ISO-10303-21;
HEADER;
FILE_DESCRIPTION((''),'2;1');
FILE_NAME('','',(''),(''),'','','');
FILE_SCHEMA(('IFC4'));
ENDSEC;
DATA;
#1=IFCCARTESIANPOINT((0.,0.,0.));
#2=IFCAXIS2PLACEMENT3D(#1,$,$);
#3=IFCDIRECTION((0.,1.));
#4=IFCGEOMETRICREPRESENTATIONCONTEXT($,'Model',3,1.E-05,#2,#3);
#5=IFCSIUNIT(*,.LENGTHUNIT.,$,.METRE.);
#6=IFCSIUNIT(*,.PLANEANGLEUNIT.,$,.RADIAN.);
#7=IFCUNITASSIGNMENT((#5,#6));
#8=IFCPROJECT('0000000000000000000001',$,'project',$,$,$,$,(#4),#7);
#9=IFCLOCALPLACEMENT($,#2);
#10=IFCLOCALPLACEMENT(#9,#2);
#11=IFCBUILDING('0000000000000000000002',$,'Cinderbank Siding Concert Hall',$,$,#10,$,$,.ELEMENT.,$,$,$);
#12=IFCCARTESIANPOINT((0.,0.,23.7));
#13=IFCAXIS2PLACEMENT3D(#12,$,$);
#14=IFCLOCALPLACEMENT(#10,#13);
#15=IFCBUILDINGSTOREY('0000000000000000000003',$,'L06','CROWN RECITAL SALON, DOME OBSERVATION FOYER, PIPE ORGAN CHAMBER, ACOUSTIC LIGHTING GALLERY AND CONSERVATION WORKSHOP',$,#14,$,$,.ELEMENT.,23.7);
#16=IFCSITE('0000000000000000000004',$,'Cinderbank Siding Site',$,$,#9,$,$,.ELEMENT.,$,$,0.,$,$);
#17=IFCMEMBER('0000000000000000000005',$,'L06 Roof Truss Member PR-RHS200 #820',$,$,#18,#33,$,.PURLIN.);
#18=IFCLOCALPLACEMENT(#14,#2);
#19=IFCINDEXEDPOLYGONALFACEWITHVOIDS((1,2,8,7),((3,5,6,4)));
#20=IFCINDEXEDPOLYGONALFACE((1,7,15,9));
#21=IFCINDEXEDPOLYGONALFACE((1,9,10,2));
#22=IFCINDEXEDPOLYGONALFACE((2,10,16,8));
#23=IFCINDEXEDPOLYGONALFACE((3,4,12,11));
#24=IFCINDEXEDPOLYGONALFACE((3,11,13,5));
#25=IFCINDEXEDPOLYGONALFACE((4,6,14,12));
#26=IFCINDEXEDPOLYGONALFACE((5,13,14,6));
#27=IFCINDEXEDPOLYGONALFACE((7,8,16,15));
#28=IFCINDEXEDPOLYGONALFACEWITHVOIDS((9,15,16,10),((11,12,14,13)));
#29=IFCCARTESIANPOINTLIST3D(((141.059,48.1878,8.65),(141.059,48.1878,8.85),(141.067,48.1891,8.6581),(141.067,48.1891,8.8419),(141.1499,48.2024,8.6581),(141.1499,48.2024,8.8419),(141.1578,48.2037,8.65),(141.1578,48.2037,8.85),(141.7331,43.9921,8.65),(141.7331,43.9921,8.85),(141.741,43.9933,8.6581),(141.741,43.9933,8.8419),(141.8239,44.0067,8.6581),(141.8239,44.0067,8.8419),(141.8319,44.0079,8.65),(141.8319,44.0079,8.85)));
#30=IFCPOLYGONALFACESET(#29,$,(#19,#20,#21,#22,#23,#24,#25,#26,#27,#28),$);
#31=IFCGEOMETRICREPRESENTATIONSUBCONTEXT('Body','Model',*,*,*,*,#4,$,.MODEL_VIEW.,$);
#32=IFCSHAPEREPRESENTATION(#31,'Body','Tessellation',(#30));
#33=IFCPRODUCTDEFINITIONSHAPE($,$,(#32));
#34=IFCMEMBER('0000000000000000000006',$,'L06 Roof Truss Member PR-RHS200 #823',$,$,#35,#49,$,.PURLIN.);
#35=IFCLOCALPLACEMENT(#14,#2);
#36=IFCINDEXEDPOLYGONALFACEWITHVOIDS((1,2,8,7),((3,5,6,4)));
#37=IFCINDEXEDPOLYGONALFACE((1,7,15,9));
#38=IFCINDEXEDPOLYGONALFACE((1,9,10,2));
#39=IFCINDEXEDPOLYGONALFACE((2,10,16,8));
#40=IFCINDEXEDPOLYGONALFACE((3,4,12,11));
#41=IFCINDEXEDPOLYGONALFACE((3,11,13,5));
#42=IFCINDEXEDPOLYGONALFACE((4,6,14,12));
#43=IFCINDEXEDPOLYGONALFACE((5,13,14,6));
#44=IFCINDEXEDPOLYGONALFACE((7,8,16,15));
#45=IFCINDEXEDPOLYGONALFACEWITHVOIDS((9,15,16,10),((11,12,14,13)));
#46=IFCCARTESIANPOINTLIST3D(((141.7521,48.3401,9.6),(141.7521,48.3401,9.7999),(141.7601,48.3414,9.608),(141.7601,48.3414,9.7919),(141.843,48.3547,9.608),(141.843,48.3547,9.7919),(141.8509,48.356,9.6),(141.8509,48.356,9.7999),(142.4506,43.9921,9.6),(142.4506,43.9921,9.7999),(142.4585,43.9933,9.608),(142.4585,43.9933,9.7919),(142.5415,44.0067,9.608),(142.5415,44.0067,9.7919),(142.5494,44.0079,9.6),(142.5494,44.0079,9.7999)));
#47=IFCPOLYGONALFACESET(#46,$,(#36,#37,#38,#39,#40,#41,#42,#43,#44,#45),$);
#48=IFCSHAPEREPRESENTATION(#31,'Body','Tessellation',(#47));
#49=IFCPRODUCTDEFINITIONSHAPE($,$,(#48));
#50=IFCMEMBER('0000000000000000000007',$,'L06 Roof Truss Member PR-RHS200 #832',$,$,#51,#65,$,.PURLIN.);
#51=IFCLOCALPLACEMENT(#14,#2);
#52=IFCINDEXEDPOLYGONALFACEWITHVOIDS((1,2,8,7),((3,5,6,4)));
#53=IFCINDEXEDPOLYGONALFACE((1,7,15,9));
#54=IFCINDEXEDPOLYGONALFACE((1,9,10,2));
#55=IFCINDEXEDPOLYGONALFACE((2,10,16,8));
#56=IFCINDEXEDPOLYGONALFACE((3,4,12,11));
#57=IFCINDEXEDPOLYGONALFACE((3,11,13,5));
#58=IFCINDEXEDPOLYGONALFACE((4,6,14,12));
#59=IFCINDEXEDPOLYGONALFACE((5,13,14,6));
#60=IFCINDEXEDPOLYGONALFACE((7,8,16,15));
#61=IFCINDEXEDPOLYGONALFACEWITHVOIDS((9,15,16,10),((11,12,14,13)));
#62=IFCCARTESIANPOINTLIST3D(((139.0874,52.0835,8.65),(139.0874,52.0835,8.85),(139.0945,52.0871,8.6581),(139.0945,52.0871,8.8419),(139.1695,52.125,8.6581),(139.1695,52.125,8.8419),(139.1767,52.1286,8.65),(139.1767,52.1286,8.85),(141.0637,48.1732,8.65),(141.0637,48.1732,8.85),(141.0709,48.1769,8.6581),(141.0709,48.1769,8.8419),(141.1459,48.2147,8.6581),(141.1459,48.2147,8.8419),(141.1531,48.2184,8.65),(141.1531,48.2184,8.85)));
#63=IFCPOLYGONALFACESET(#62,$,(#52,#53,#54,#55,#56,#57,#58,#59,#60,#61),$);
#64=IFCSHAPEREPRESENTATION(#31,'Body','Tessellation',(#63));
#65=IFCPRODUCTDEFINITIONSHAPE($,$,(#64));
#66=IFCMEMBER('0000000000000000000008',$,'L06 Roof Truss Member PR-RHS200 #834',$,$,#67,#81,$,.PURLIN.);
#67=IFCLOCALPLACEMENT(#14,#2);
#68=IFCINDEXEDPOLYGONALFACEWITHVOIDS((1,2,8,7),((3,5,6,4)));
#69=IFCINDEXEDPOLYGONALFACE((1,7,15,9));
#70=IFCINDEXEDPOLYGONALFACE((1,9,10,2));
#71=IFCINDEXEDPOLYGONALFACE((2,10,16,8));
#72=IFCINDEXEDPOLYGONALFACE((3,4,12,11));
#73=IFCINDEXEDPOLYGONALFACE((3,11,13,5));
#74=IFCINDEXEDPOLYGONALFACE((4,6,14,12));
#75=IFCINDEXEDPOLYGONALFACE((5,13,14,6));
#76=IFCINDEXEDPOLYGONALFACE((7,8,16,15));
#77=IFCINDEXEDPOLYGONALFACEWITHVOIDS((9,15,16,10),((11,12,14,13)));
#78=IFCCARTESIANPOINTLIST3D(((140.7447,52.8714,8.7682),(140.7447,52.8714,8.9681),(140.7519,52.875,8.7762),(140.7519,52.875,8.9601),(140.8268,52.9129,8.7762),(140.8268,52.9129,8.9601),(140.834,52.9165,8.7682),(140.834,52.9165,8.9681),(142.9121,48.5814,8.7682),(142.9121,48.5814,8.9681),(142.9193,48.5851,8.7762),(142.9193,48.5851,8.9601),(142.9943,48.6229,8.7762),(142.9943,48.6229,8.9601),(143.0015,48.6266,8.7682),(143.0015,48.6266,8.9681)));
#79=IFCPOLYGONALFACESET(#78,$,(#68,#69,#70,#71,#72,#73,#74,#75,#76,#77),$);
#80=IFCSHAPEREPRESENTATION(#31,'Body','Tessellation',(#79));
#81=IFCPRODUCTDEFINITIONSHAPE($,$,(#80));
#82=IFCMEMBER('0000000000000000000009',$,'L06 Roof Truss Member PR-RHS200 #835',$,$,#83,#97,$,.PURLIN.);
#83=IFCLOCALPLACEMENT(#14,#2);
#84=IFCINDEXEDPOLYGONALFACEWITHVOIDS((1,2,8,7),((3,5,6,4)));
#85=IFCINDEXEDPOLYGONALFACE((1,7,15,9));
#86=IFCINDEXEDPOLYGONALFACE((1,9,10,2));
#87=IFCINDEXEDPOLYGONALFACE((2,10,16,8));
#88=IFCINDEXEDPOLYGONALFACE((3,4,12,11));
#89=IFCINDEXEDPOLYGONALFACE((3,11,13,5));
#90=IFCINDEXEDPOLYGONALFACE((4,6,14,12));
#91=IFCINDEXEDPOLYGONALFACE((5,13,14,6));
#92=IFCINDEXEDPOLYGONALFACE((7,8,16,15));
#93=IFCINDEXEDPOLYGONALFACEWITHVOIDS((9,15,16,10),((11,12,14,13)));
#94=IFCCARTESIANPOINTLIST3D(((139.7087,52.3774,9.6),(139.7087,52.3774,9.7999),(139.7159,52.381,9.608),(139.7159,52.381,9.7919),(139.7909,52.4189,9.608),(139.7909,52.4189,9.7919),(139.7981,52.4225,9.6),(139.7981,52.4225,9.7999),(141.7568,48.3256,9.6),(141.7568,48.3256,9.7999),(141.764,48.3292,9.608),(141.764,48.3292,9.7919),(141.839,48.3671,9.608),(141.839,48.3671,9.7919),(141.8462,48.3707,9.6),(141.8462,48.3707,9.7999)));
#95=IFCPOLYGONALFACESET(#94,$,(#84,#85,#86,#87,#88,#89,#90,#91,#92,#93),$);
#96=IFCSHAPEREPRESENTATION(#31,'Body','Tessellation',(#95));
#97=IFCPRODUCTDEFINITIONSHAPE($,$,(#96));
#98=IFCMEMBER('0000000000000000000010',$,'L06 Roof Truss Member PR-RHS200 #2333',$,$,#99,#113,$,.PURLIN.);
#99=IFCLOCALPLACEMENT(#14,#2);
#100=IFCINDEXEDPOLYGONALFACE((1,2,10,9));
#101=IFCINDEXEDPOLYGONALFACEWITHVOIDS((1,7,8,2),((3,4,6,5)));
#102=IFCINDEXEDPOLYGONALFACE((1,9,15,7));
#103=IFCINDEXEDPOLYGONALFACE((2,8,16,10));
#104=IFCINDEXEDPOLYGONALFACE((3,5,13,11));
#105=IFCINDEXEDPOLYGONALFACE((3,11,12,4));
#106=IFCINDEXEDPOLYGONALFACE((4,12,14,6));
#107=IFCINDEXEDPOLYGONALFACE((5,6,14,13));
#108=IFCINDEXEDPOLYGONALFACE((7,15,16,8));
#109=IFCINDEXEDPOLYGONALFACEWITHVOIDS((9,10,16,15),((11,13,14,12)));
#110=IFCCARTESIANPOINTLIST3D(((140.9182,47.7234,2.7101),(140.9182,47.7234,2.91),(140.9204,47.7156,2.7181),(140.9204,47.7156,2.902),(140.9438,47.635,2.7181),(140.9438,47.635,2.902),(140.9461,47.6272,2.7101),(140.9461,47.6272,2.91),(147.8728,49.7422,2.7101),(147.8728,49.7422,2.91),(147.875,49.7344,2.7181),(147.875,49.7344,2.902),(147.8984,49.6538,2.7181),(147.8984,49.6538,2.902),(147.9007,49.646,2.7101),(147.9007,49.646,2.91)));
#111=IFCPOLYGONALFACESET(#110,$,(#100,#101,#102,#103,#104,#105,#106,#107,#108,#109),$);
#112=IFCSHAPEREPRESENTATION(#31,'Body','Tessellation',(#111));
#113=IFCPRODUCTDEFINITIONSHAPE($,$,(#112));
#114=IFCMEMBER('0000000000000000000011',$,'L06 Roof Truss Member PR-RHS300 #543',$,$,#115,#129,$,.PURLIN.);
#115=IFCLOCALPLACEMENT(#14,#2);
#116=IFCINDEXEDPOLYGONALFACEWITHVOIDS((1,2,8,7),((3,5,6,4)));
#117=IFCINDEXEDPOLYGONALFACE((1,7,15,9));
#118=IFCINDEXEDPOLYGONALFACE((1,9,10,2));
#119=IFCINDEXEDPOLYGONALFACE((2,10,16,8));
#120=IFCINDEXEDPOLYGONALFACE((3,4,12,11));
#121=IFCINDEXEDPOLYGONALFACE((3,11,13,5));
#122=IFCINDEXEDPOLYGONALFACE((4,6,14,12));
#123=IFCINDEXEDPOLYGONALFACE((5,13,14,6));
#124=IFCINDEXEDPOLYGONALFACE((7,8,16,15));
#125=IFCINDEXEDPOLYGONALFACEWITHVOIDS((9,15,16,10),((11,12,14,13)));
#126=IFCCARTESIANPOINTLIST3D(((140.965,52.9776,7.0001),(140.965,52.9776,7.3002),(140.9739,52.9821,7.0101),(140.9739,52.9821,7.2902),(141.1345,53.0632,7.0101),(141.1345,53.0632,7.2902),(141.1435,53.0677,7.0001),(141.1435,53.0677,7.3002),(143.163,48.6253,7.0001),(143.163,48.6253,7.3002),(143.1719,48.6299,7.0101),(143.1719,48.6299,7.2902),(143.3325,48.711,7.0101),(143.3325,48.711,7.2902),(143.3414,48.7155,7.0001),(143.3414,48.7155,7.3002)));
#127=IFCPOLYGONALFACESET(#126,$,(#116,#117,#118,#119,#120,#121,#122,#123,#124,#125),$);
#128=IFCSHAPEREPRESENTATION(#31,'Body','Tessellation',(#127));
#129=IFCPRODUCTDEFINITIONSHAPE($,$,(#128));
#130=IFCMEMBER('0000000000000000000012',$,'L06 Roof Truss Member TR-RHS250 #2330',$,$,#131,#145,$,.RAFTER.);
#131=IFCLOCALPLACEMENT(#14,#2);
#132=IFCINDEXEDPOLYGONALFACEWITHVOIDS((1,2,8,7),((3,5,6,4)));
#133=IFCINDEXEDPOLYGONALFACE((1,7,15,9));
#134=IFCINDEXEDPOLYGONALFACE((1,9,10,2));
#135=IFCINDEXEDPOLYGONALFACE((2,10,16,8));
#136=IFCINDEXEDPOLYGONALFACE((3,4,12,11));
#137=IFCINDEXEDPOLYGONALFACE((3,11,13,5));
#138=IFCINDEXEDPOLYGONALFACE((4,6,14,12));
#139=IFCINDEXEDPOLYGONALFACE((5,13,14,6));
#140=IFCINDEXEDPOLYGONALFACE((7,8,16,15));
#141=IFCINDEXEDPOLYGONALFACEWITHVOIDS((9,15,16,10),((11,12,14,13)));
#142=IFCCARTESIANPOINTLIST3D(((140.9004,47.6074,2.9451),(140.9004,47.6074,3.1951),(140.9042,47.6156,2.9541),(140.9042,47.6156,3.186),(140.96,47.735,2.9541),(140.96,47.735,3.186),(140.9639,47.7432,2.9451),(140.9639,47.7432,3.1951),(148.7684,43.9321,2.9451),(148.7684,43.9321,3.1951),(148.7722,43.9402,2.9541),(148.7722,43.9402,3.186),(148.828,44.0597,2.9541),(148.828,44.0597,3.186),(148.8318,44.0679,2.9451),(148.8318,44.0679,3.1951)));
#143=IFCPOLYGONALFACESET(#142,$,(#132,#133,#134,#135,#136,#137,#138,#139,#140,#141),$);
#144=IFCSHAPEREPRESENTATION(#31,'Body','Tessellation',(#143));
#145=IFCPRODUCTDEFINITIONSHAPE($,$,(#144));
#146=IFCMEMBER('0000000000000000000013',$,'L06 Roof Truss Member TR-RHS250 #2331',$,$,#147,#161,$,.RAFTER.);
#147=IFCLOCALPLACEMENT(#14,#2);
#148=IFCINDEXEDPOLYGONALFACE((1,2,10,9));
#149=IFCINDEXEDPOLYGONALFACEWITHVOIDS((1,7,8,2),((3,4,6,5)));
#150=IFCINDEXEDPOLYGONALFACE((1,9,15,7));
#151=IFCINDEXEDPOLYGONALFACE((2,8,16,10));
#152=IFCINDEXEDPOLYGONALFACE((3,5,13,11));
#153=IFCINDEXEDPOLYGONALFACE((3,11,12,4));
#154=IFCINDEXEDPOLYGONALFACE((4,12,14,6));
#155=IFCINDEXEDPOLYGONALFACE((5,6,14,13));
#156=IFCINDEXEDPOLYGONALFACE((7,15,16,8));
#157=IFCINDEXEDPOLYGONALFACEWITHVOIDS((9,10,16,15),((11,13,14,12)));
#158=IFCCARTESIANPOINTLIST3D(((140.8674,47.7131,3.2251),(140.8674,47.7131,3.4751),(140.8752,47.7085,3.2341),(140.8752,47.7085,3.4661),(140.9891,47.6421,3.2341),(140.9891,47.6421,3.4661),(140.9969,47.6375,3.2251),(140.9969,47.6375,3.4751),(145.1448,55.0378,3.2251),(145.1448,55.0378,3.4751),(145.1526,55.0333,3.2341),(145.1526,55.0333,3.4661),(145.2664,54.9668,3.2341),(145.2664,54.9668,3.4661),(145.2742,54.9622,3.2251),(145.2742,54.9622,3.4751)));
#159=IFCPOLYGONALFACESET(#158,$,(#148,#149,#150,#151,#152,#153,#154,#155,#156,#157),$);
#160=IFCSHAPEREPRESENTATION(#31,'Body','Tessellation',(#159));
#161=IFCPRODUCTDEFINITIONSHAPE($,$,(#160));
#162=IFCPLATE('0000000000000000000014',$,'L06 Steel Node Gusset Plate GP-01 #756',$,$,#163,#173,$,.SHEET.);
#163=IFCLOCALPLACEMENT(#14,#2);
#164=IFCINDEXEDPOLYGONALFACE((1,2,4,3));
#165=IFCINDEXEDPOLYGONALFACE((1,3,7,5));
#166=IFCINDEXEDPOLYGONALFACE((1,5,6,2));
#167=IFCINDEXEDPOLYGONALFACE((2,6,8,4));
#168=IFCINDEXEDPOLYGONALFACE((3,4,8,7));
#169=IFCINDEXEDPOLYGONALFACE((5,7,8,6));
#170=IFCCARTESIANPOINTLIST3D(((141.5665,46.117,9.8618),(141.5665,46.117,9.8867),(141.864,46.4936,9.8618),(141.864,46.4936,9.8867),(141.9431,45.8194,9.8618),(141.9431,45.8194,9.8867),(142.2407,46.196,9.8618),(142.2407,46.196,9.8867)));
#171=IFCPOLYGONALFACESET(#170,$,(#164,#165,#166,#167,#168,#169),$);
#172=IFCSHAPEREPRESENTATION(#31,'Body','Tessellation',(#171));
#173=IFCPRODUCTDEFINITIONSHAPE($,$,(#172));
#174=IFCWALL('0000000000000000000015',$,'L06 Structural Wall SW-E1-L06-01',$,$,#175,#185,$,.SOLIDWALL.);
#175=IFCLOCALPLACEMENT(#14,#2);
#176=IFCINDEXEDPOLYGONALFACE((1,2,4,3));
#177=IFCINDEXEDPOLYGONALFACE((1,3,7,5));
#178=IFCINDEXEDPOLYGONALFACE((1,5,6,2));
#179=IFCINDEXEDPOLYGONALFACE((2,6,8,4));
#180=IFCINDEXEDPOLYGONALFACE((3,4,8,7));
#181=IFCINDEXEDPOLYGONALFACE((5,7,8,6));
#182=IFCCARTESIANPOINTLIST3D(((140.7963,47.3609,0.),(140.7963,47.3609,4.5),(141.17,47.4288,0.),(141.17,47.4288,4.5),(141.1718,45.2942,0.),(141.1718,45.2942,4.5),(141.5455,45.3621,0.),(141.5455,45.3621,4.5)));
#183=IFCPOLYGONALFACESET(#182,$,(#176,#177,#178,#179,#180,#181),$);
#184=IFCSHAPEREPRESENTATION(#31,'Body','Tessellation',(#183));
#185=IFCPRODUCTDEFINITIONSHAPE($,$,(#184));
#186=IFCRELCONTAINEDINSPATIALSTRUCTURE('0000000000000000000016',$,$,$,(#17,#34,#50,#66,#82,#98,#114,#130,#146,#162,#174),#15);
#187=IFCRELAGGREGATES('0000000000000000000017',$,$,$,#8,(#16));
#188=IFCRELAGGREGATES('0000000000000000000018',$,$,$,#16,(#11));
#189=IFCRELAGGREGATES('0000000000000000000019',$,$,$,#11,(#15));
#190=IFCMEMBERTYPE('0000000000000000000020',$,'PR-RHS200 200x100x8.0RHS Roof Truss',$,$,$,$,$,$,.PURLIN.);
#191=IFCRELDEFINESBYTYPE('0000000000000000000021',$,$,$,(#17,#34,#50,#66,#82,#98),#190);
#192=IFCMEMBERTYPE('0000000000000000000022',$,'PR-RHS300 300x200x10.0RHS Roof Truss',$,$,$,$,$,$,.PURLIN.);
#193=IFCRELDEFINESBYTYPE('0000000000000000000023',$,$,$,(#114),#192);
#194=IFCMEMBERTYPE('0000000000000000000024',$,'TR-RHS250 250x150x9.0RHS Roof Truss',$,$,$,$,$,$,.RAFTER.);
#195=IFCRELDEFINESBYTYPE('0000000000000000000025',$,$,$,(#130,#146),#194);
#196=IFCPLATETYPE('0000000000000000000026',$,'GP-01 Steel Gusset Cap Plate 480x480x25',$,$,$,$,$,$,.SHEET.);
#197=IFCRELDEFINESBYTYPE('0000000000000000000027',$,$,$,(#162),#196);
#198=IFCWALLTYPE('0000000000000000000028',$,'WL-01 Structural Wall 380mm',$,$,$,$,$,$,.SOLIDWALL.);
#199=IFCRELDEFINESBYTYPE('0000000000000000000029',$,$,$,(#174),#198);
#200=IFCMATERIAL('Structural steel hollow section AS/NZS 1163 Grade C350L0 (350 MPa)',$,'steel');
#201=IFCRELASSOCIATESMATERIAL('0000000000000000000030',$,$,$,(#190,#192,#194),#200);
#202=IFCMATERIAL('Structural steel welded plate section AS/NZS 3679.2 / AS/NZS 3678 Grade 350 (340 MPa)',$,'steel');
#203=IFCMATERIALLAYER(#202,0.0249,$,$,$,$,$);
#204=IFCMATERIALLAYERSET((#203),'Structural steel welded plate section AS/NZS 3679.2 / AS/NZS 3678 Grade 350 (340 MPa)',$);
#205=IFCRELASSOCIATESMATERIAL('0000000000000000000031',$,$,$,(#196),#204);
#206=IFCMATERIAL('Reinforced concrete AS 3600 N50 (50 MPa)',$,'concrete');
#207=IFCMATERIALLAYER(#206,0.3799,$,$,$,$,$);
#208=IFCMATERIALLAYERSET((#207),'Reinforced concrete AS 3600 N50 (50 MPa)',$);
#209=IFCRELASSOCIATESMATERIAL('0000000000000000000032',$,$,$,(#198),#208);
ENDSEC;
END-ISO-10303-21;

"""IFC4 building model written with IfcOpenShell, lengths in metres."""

from ifc_helpers import new_model, si_unit, direction, frame, frame_2d, origin, origin_2d, place, context, subcontext, project, spatial, rectangle, hollow_rectangle, extrude, material, layer, layer_set, material_profile, profile_set, type_object, element, save


model = new_model("IFC4")

# Units and contexts
model_context = context("Model", 3, precision=1e-05, world=origin(), true_north=direction((0.0, 1.0)))
body_context = subcontext(model_context, "Body", "Model", "MODEL_VIEW")
ifc_project = project(units=[si_unit("LENGTHUNIT", "METRE"), si_unit("PLANEANGLEUNIT", "RADIAN")], contexts=[model_context])

# Site, building, storey
site_placement = place(None, origin())
site = spatial("IfcSite", under=ifc_project, at=site_placement, Name="Cinderbank Siding Site", CompositionType="ELEMENT", RefElevation=0.0)
building_placement = place(site_placement, origin())
building = spatial("IfcBuilding", under=site, at=building_placement, Name="Cinderbank Siding Concert Hall", CompositionType="ELEMENT")
storey_placement = place(building_placement, frame((0.0, 0.0, 23.7)))
storey = spatial("IfcBuildingStorey", under=building, at=storey_placement, Name="L06", Description="CROWN RECITAL SALON, DOME OBSERVATION FOYER, PIPE ORGAN CHAMBER, ACOUSTIC LIGHTING GALLERY AND CONSERVATION WORKSHOP", CompositionType="ELEMENT", Elevation=23.7)

# Shared definitions
ifc_material_1 = material(Name="Reinforced concrete AS 3600 N50 (50 MPa)", Category="concrete")

# Shared definitions
ifc_material_2 = material(Name="Structural steel welded plate section AS/NZS 3679.2 / AS/NZS 3678 Grade 350 (340 MPa)", Category="steel")

# Members
ifc_material_3 = material(Name="Structural steel hollow section AS/NZS 1163 Grade C350L0 (350 MPa)", Category="steel")
ifc_material_profile_1 = material_profile(ifc_material_3, hollow_rectangle(XDim=0.1001, YDim=0.2, WallThickness=0.0081, at=origin_2d()), Name="200x100x8.0RHS", Category="LoadBearing")
ifc_profile_set_1 = profile_set([ifc_material_profile_1], Name="Structural steel hollow section AS/NZS 1163 Grade C350L0 (350 MPa)")
member_type_1 = type_object("IfcMemberType", Name="PR-RHS200 200x100x8.0RHS Roof Truss", PredefinedType="PURLIN", material=ifc_profile_set_1)
member_1_placement = place(storey_placement, frame((141.7825, 44.0, 8.75), z_axis=(-0.15862, 0.98734, 0.0), x_axis=(-0.98734, -0.15862, 0.0)))
element("IfcMember", 1, at=member_1_placement, inside=storey, type_object=member_type_1, Name="L06 Roof Truss Member PR-RHS200 #820", PredefinedType="PURLIN", context=body_context, shape_type="SweptSolid", body=[
    extrude(hollow_rectangle(XDim=0.1001, YDim=0.2, WallThickness=0.0081, at=origin_2d()), origin(), (0.0, 0.0, 1.0), 4.2495),
])
member_2_placement = place(storey_placement, frame((142.5, 44.0, 9.7), z_axis=(-0.158607, 0.987342, 0.0), x_axis=(-0.987342, -0.158607, 0.0)))
element("IfcMember", 2, at=member_2_placement, inside=storey, type_object=member_type_1, Name="L06 Roof Truss Member PR-RHS200 #823", PredefinedType="PURLIN", context=body_context, shape_type="SweptSolid", body=[
    extrude(hollow_rectangle(XDim=0.1001, YDim=0.2, WallThickness=0.0081, at=origin_2d()), origin(), (0.0, 0.0, 1.0), 4.4038),
])
member_3_placement = place(storey_placement, frame((141.1084, 48.1958, 8.75), z_axis=(-0.451088, 0.89248, 0.0), x_axis=(-0.89248, -0.451088, 0.0)))
element("IfcMember", 3, at=member_3_placement, inside=storey, type_object=member_type_1, Name="L06 Roof Truss Member PR-RHS200 #832", PredefinedType="PURLIN", context=body_context, shape_type="SweptSolid", body=[
    extrude(hollow_rectangle(XDim=0.1001, YDim=0.2, WallThickness=0.0081, at=origin_2d()), origin(), (0.0, 0.0, 1.0), 4.3813),
])
member_4_placement = place(storey_placement, frame((142.9568, 48.604, 8.8682), z_axis=(-0.450948, 0.89255, 0.0), x_axis=(-0.89255, -0.450948, 0.0)))
element("IfcMember", 4, at=member_4_placement, inside=storey, type_object=member_type_1, Name="L06 Roof Truss Member PR-RHS200 #834", PredefinedType="PURLIN", context=body_context, shape_type="SweptSolid", body=[
    extrude(hollow_rectangle(XDim=0.1001, YDim=0.2, WallThickness=0.0081, at=origin_2d()), origin(), (0.0, 0.0, 1.0), 4.8064),
])
member_5_placement = place(storey_placement, frame((141.8015, 48.3481, 9.7), z_axis=(-0.451124, 0.892461, 0.0), x_axis=(-0.892461, -0.451124, 0.0)))
element("IfcMember", 5, at=member_5_placement, inside=storey, type_object=member_type_1, Name="L06 Roof Truss Member PR-RHS200 #835", PredefinedType="PURLIN", context=body_context, shape_type="SweptSolid", body=[
    extrude(hollow_rectangle(XDim=0.1001, YDim=0.2, WallThickness=0.0081, at=origin_2d()), origin(), (0.0, 0.0, 1.0), 4.54),
])
member_6_placement = place(storey_placement, frame((140.9321, 47.6753, 2.8101), z_axis=(0.960356, 0.278775, 0.0), x_axis=(-0.278775, 0.960356, 0.0)))
element("IfcMember", 6, at=member_6_placement, inside=storey, type_object=member_type_1, Name="L06 Roof Truss Member PR-RHS200 #2333", PredefinedType="PURLIN", context=body_context, shape_type="SweptSolid", body=[
    extrude(hollow_rectangle(XDim=0.1001, YDim=0.2, WallThickness=0.0081, at=origin_2d()), origin(), (0.0, 0.0, 1.0), 7.2417),
])
ifc_material_profile_2 = material_profile(ifc_material_3, hollow_rectangle(XDim=0.2, YDim=0.3, WallThickness=0.01, at=origin_2d()), Name="300x200x10.0RHS", Category="LoadBearing")
ifc_profile_set_2 = profile_set([ifc_material_profile_2], Name="Structural steel hollow section AS/NZS 1163 Grade C350L0 (350 MPa)")
member_type_2 = type_object("IfcMemberType", Name="PR-RHS300 300x200x10.0RHS Roof Truss", PredefinedType="PURLIN", material=ifc_profile_set_2)
member_7_placement = place(storey_placement, frame((143.2522, 48.6704, 7.1501), z_axis=(-0.450795, 0.892627, 0.0), x_axis=(-0.892627, -0.450795, 0.0)))
element("IfcMember", 7, at=member_7_placement, inside=storey, type_object=member_type_2, Name="L06 Roof Truss Member PR-RHS300 #543", PredefinedType="PURLIN", context=body_context, shape_type="SweptSolid", body=[
    extrude(hollow_rectangle(XDim=0.2, YDim=0.3, WallThickness=0.01, at=origin_2d()), origin(), (0.0, 0.0, 1.0), 4.8757),
])
ifc_material_profile_3 = material_profile(ifc_material_3, hollow_rectangle(XDim=0.1499, YDim=0.25, WallThickness=0.009, at=origin_2d()), Name="250x150x9.0RHS", Category="LoadBearing")
ifc_profile_set_3 = profile_set([ifc_material_profile_3], Name="Structural steel hollow section AS/NZS 1163 Grade C350L0 (350 MPa)")
member_type_3 = type_object("IfcMemberType", Name="TR-RHS250 250x150x9.0RHS Roof Truss", PredefinedType="RAFTER", material=ifc_profile_set_3)
member_8_placement = place(storey_placement, frame((140.9321, 47.6753, 3.0701), z_axis=(0.906024, -0.423226, 0.0), x_axis=(0.423226, 0.906024, 0.0)))
element("IfcMember", 8, at=member_8_placement, inside=storey, type_object=member_type_3, Name="L06 Roof Truss Member TR-RHS250 #2330", PredefinedType="RAFTER", context=body_context, shape_type="SweptSolid", body=[
    extrude(hollow_rectangle(XDim=0.1499, YDim=0.25, WallThickness=0.009, at=origin_2d()), origin(), (0.0, 0.0, 1.0), 8.6841),
])
member_9_placement = place(storey_placement, frame((140.9321, 47.6753, 3.3501), z_axis=(0.504275, 0.863543, 0.0), x_axis=(-0.863543, 0.504275, 0.0)))
element("IfcMember", 9, at=member_9_placement, inside=storey, type_object=member_type_3, Name="L06 Roof Truss Member TR-RHS250 #2331", PredefinedType="RAFTER", context=body_context, shape_type="SweptSolid", body=[
    extrude(hollow_rectangle(XDim=0.1499, YDim=0.25, WallThickness=0.009, at=origin_2d()), origin(), (0.0, 0.0, 1.0), 8.4822),
])

# Plate
ifc_layer_1 = layer(ifc_material_2, 0.0249)
ifc_layer_set_1 = layer_set([ifc_layer_1], Name="Structural steel welded plate section AS/NZS 3679.2 / AS/NZS 3678 Grade 350 (340 MPa)")
plate_type = type_object("IfcPlateType", Name="GP-01 Steel Gusset Cap Plate 480x480x25", PredefinedType="SHEET", material=ifc_layer_set_1)
plate_placement = place(storey_placement, frame((141.9036, 46.1565, 9.8618), z_axis=(0.0, 0.0, 1.0), x_axis=(-0.619916, -0.784668, 0.0)))
element("IfcPlate", 10, at=plate_placement, inside=storey, type_object=plate_type, Name="L06 Steel Node Gusset Plate GP-01 #756", PredefinedType="SHEET", context=body_context, shape_type="SweptSolid", body=[
    extrude(rectangle(XDim=0.48, YDim=0.48, at=origin_2d()), origin(), (0.0, 0.0, 1.0), 0.0249),
])

# Wall
ifc_layer_2 = layer(ifc_material_1, 0.3799)
ifc_layer_set_2 = layer_set([ifc_layer_2], Name="Reinforced concrete AS 3600 N50 (50 MPa)")
wall_type_1 = type_object("IfcWallType", Name="WL-01 Structural Wall 380mm", PredefinedType="SOLIDWALL", material=ifc_layer_set_2)
wall_1_placement = place(storey_placement, frame((141.3586, 45.3281, 0.0), z_axis=(0.0, 0.0, 1.0), x_axis=(-0.178763, 0.983892, 0.0)))
element("IfcWall", 11, at=wall_1_placement, inside=storey, type_object=wall_type_1, Name="L06 Structural Wall SW-E1-L06-01", PredefinedType="SOLIDWALL", context=body_context, shape_type="SweptSolid", body=[
    extrude(rectangle(XDim=2.1006, YDim=0.3799, at=frame_2d((1.0503, 0.0))), origin(), (0.0, 0.0, 1.0), 4.5),
])

save(model, "model.ifc")
